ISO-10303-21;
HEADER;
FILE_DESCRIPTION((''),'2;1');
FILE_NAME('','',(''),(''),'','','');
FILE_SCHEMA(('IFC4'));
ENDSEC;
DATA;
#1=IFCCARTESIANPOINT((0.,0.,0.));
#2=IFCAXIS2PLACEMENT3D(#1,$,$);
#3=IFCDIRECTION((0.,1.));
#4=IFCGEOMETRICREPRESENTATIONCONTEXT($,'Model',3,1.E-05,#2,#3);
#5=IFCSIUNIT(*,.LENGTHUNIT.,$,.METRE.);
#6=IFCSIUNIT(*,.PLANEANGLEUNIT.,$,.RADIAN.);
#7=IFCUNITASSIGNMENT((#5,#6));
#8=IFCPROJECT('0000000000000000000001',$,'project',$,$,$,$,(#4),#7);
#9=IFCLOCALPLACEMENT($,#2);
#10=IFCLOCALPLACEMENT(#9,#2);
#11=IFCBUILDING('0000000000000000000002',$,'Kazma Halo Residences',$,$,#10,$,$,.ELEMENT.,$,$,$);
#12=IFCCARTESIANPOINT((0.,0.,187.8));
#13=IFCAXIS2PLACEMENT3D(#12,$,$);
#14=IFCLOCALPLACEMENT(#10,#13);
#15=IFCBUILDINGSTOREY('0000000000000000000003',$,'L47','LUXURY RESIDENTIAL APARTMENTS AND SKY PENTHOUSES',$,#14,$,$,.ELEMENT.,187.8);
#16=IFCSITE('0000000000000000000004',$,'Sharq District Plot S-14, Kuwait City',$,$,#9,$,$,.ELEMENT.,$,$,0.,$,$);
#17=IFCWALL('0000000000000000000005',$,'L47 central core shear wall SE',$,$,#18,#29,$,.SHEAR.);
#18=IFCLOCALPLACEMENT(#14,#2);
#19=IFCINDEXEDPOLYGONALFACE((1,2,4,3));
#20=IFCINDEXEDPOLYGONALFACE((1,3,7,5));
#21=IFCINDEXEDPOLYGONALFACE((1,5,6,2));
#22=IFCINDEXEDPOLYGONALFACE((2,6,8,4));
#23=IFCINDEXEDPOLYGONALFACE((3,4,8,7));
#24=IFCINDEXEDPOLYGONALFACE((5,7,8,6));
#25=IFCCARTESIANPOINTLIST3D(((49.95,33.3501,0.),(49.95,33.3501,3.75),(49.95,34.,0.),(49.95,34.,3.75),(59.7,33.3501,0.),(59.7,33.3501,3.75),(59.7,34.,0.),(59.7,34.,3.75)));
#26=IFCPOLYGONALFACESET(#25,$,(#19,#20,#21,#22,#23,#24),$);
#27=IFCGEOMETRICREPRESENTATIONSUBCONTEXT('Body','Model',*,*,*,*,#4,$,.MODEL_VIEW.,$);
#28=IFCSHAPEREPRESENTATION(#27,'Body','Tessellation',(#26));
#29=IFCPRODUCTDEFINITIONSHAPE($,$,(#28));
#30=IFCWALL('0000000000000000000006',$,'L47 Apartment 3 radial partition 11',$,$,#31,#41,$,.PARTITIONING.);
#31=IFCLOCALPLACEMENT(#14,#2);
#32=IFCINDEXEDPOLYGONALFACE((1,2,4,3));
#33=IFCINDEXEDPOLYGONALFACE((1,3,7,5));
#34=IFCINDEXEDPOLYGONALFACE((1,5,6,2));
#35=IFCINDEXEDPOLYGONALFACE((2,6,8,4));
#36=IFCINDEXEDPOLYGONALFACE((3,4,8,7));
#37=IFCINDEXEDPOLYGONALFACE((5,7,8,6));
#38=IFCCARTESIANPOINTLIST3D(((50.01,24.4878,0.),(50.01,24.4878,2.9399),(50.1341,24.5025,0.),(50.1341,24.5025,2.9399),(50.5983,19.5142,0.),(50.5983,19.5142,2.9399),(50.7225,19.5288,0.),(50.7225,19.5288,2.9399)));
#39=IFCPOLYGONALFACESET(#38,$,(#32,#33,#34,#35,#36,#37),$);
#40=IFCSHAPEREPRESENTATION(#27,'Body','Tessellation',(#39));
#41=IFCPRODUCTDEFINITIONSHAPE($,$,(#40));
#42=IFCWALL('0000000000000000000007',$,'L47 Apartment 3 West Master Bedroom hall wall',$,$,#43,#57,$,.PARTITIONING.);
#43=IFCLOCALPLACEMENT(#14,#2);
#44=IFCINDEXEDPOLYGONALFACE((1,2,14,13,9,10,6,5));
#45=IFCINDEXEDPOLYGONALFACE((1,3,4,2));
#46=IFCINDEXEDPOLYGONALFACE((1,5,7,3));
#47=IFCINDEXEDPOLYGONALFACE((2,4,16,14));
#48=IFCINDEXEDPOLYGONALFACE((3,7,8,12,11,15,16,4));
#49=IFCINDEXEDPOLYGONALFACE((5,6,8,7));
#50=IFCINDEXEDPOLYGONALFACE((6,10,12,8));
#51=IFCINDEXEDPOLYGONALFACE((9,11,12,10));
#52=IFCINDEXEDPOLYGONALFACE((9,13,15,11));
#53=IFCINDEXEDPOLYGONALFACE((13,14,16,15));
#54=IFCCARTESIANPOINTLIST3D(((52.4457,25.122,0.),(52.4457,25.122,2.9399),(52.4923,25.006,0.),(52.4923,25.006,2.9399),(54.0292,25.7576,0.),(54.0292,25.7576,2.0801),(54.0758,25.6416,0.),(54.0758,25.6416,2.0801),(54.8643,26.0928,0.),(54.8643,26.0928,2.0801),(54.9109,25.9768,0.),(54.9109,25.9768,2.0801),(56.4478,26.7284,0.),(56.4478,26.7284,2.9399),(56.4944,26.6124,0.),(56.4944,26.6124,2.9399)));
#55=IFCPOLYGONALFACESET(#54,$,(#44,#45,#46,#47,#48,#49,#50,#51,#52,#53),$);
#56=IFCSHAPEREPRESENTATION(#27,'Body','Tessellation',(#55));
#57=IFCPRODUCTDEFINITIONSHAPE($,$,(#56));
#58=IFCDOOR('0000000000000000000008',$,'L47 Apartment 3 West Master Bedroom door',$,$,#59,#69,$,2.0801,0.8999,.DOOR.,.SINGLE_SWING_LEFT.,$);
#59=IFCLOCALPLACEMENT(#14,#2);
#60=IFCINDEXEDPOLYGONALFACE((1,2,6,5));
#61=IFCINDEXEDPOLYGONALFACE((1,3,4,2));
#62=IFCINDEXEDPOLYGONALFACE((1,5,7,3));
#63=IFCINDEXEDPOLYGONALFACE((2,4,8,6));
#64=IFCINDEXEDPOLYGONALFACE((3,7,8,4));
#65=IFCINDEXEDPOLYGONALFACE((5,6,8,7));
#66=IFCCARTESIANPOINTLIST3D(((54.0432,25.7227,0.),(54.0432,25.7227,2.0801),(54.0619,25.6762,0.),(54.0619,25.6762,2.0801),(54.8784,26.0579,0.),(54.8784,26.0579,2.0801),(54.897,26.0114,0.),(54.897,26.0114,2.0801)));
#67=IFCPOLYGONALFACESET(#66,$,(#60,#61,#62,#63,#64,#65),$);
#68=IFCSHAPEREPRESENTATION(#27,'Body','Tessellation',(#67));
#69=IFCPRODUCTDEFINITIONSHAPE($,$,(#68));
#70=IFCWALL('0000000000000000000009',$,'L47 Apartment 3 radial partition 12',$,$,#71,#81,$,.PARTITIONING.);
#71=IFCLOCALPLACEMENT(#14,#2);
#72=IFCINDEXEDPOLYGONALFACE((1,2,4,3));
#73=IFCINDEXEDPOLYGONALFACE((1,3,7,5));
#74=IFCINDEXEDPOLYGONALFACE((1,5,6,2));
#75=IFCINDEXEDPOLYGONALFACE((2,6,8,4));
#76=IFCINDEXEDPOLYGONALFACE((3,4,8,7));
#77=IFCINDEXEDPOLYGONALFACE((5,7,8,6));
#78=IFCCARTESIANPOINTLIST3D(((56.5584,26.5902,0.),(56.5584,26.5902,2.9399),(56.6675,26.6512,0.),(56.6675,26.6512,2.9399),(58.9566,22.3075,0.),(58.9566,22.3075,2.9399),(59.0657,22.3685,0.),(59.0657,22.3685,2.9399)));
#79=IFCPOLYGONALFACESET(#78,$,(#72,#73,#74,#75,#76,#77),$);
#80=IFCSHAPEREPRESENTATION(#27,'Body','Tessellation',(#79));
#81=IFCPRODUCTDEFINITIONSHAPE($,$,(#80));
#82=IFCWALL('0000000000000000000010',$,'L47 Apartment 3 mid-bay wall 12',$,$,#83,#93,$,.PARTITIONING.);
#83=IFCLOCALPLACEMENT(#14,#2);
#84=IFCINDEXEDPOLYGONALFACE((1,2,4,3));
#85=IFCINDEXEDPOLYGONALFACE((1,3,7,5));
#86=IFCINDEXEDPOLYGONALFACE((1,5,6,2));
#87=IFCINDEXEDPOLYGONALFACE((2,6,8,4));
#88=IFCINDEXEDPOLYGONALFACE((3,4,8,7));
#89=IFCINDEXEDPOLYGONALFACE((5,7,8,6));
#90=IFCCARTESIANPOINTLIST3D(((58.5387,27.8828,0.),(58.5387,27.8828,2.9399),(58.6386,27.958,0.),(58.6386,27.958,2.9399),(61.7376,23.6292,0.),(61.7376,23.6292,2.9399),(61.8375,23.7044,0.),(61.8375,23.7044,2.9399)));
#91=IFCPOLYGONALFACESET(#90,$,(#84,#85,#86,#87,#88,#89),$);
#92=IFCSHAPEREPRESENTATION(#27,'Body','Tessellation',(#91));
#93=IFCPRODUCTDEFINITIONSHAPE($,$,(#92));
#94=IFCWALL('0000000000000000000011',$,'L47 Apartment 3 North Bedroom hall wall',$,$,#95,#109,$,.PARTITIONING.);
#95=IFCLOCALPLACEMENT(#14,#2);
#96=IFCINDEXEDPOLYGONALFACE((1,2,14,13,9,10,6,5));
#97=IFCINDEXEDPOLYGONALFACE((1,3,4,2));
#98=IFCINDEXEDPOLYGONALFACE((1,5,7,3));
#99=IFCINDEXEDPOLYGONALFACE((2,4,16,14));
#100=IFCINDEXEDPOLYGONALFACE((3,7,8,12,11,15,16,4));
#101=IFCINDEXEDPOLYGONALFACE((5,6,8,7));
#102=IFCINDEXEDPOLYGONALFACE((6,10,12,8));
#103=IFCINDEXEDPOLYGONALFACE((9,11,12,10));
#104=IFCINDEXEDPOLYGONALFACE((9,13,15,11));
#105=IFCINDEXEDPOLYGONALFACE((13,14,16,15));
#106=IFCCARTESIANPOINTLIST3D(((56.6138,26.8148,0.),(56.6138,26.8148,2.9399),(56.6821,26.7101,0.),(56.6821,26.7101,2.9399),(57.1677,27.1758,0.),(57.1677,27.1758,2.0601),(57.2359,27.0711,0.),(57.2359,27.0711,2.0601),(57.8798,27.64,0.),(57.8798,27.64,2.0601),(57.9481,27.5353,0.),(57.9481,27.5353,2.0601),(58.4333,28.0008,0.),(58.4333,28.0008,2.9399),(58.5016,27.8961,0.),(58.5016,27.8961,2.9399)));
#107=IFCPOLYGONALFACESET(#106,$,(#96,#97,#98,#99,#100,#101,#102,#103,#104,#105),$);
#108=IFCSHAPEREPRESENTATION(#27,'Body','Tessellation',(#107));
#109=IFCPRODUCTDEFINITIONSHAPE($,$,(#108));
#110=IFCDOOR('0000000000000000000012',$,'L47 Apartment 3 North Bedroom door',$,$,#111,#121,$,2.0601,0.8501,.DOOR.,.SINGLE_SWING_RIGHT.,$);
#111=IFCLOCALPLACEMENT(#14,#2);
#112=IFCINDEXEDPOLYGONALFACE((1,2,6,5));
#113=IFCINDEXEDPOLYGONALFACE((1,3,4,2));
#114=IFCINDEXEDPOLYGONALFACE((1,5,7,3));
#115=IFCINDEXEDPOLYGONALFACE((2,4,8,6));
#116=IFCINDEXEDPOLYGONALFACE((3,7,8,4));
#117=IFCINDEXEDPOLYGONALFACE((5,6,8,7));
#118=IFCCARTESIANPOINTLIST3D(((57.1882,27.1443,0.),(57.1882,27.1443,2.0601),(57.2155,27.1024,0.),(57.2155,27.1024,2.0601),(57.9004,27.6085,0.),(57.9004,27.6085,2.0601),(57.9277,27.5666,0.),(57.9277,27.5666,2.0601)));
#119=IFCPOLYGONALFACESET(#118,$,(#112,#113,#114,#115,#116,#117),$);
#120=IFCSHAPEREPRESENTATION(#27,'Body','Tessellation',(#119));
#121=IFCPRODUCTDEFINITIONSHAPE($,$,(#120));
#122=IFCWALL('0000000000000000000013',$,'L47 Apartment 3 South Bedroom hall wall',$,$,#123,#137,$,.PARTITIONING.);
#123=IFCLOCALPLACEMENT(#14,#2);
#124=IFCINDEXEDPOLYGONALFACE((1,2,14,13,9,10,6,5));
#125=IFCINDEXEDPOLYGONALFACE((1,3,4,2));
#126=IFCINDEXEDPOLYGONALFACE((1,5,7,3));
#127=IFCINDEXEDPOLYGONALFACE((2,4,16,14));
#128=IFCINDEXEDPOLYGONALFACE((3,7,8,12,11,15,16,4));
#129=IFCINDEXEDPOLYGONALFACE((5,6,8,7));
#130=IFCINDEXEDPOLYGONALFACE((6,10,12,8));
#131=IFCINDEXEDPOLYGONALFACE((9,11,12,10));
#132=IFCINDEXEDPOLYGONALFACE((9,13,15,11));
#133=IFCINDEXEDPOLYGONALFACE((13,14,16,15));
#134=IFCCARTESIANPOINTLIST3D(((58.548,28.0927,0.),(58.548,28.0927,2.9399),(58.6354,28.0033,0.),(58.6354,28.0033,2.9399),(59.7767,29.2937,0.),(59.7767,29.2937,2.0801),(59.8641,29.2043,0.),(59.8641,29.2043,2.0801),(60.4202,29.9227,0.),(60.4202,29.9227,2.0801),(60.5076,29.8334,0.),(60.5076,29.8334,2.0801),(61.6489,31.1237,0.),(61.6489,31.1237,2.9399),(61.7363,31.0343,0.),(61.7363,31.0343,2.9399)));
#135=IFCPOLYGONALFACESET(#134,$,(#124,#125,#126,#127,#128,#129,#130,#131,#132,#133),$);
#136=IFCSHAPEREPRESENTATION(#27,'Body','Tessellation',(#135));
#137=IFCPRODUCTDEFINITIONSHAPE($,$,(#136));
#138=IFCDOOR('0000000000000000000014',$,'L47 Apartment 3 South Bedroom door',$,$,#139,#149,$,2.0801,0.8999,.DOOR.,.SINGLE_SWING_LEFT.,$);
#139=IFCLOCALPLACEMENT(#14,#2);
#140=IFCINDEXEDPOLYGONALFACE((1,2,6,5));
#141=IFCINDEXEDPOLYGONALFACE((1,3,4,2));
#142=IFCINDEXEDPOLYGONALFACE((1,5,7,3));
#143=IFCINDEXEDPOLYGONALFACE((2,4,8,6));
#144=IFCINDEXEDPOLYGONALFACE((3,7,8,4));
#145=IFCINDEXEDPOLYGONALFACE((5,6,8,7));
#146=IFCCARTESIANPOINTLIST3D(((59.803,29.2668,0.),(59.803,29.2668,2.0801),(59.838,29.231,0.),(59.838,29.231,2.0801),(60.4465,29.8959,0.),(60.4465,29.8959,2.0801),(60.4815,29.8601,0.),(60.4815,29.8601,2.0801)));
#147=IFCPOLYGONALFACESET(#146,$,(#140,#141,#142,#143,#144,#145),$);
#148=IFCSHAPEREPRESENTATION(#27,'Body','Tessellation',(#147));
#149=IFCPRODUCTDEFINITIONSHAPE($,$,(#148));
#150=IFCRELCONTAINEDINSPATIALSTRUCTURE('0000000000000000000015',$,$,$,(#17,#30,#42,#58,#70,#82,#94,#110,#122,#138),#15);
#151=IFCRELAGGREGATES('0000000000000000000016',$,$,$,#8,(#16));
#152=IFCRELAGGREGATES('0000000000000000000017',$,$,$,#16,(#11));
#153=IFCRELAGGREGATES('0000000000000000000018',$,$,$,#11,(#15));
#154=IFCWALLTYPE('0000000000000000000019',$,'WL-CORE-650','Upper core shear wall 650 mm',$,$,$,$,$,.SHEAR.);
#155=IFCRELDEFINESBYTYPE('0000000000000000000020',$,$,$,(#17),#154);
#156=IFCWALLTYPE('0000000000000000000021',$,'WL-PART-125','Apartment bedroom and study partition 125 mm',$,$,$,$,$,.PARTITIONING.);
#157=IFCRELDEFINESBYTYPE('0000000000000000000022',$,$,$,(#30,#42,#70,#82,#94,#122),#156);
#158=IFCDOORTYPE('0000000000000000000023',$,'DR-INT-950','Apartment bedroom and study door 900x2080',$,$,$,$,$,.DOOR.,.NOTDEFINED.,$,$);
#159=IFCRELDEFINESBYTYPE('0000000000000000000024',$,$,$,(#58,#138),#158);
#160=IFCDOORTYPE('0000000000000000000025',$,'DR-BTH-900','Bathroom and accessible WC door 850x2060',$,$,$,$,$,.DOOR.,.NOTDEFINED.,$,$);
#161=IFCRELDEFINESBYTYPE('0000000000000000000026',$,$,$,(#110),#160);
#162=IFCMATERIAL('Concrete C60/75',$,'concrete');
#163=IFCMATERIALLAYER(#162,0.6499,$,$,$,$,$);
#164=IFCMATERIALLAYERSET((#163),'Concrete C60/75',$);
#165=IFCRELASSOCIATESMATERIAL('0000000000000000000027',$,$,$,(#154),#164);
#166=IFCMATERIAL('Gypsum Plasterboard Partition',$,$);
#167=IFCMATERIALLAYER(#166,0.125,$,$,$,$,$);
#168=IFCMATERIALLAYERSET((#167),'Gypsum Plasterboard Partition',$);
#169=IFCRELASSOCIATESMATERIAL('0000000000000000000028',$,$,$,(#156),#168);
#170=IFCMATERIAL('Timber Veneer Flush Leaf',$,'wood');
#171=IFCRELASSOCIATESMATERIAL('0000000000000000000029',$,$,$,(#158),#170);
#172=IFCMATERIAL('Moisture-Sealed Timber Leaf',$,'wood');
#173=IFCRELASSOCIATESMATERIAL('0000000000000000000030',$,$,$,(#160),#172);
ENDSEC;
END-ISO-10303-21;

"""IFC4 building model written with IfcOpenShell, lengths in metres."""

from ifc_helpers import new_model, si_unit, direction, frame, frame_2d, origin, place, context, subcontext, project, spatial, rectangle, extrude, material, layer, layer_set, type_object, element, fill, save


model = new_model("IFC4")

# Units and contexts
model_context = context("Model", 3, precision=1e-05, world=origin(), true_north=direction((0.0, 1.0)))
body_context = subcontext(model_context, "Body", "Model", "MODEL_VIEW")
ifc_project = project(units=[si_unit("LENGTHUNIT", "METRE"), si_unit("PLANEANGLEUNIT", "RADIAN")], contexts=[model_context])

# Site, building, storey
site_placement = place(None, origin())
site = spatial("IfcSite", under=ifc_project, at=site_placement, Name="Sharq District Plot S-14, Kuwait City", CompositionType="ELEMENT", RefElevation=0.0)
building_placement = place(site_placement, origin())
building = spatial("IfcBuilding", under=site, at=building_placement, Name="Kazma Halo Residences", CompositionType="ELEMENT")
storey_placement = place(building_placement, frame((0.0, 0.0, 187.8)))
storey = spatial("IfcBuildingStorey", under=building, at=storey_placement, Name="L47", Description="LUXURY RESIDENTIAL APARTMENTS AND SKY PENTHOUSES", CompositionType="ELEMENT", Elevation=187.8)

# Wall
ifc_material_1 = material(Name="Concrete C60/75", Category="concrete")
ifc_layer_1 = layer(ifc_material_1, 0.6499)
ifc_layer_set_1 = layer_set([ifc_layer_1], Name="Concrete C60/75")
wall_type_1 = type_object("IfcWallType", Name="WL-CORE-650", Description="Upper core shear wall 650 mm", PredefinedType="SHEAR", material=ifc_layer_set_1)
wall_1_placement = place(storey_placement, frame((49.95, 33.675, 0.0), z_axis=(0.0, 0.0, 1.0), x_axis=(1.0, 0.0, 0.0)))
element("IfcWall", 1, at=wall_1_placement, inside=storey, type_object=wall_type_1, Name="L47 central core shear wall SE", PredefinedType="SHEAR", context=body_context, shape_type="SweptSolid", body=[
    extrude(rectangle(XDim=9.75, YDim=0.6499, at=frame_2d((4.875, 0.0))), origin(), (0.0, 0.0, 1.0), 3.75),
])

# Wall
ifc_material_2 = material(Name="Gypsum Plasterboard Partition")
ifc_layer_2 = layer(ifc_material_2, 0.125)
ifc_layer_set_2 = layer_set([ifc_layer_2], Name="Gypsum Plasterboard Partition")
wall_type_2 = type_object("IfcWallType", Name="WL-PART-125", Description="Apartment bedroom and study partition 125 mm", PredefinedType="PARTITIONING", material=ifc_layer_set_2)
wall_2_placement = place(storey_placement, frame((50.072, 24.4951, 0.0), z_axis=(0.0, 0.0, 1.0), x_axis=(0.11748, -0.993075, 0.0)))
element("IfcWall", 2, at=wall_2_placement, inside=storey, type_object=wall_type_2, Name="L47 Apartment 3 radial partition 11", PredefinedType="PARTITIONING", context=body_context, shape_type="SweptSolid", body=[
    extrude(rectangle(XDim=5.0083, YDim=0.125, at=frame_2d((2.5042, 0.0))), origin(), (0.0, 0.0, 1.0), 2.9399),
])

# Wall, opening, door
wall_3_placement = place(storey_placement, frame((52.469, 25.064, 0.0), z_axis=(0.0, 0.0, 1.0), x_axis=(0.928031, 0.372503, 0.0)))
wall_3 = element("IfcWall", 3, at=wall_3_placement, inside=storey, type_object=wall_type_2, Name="L47 Apartment 3 West Master Bedroom hall wall", PredefinedType="PARTITIONING", context=body_context, shape_type="SweptSolid", body=[
    extrude(rectangle(XDim=4.3125, YDim=0.125, at=frame_2d((2.1562, 0.0))), origin(), (0.0, 0.0, 1.0), 2.9399),
])
opening_1_placement = place(wall_3_placement, frame((1.7063, 0.0, 0.0)))
opening_1 = element("IfcOpeningElement", 4, at=opening_1_placement, cuts=wall_3, PredefinedType="OPENING", context=body_context, shape_type="SweptSolid", body=[
    extrude(rectangle(XDim=0.8999, YDim=2.0801, at=frame_2d((0.45, 1.04))), frame((0.0, 0.0725, 0.0), z_axis=(0.0, -1.0, 0.0), x_axis=(1.0, 0.0, 0.0)), (0.0, 0.0, 1.0), 0.145),
])
ifc_material_3 = material(Name="Timber Veneer Flush Leaf", Category="wood")
door_type_1 = type_object("IfcDoorType", Name="DR-INT-950", Description="Apartment bedroom and study door 900x2080", OperationType="NOTDEFINED", PredefinedType="DOOR", material=ifc_material_3)
door_1_placement = place(opening_1_placement, origin())
door_1 = element("IfcDoor", 5, at=door_1_placement, inside=storey, type_object=door_type_1, Name="L47 Apartment 3 West Master Bedroom door", OperationType="SINGLE_SWING_LEFT", OverallHeight=2.0801, OverallWidth=0.8999, PredefinedType="DOOR", context=body_context, shape_type="SweptSolid", body=[
    extrude(rectangle(XDim=0.8999, YDim=2.0801, at=frame_2d((0.45, 1.04))), frame((0.0, 0.0249, 0.0), z_axis=(0.0, -1.0, 0.0), x_axis=(1.0, 0.0, 0.0)), (0.0, 0.0, 1.0), 0.05),
])
fill(opening_1, door_1)

# Walls
wall_4_placement = place(storey_placement, frame((56.613, 26.6206, 0.0), z_axis=(0.0, 0.0, 1.0), x_axis=(0.488584, -0.872517, 0.0)))
element("IfcWall", 6, at=wall_4_placement, inside=storey, type_object=wall_type_2, Name="L47 Apartment 3 radial partition 12", PredefinedType="PARTITIONING", context=body_context, shape_type="SweptSolid", body=[
    extrude(rectangle(XDim=4.9084, YDim=0.125, at=frame_2d((2.4541, 0.0))), origin(), (0.0, 0.0, 1.0), 2.9399),
])
wall_5_placement = place(storey_placement, frame((58.5886, 27.9204, 0.0), z_axis=(0.0, 0.0, 1.0), x_axis=(0.601049, -0.799212, 0.0)))
element("IfcWall", 7, at=wall_5_placement, inside=storey, type_object=wall_type_2, Name="L47 Apartment 3 mid-bay wall 12", PredefinedType="PARTITIONING", context=body_context, shape_type="SweptSolid", body=[
    extrude(rectangle(XDim=5.3223, YDim=0.125, at=frame_2d((2.6611, 0.0))), origin(), (0.0, 0.0, 1.0), 2.9399),
])

# Walls, openings, doors
wall_6_placement = place(storey_placement, frame((56.6479, 26.7625, 0.0), z_axis=(0.0, 0.0, 1.0), x_axis=(0.837747, 0.546059, 0.0)))
wall_6 = element("IfcWall", 8, at=wall_6_placement, inside=storey, type_object=wall_type_2, Name="L47 Apartment 3 North Bedroom hall wall", PredefinedType="PARTITIONING", context=body_context, shape_type="SweptSolid", body=[
    extrude(rectangle(XDim=2.1719, YDim=0.125, at=frame_2d((1.0859, 0.0))), origin(), (0.0, 0.0, 1.0), 2.9399),
])
opening_2_placement = place(wall_6_placement, frame((0.6611, 0.0, 0.0)))
opening_2 = element("IfcOpeningElement", 9, at=opening_2_placement, cuts=wall_6, PredefinedType="OPENING", context=body_context, shape_type="SweptSolid", body=[
    extrude(rectangle(XDim=0.8501, YDim=2.0601, at=frame_2d((0.425, 1.03))), frame((0.0, 0.0725, 0.0), z_axis=(0.0, -1.0, 0.0), x_axis=(1.0, 0.0, 0.0)), (0.0, 0.0, 1.0), 0.145),
])
ifc_material_4 = material(Name="Moisture-Sealed Timber Leaf", Category="wood")
door_type_2 = type_object("IfcDoorType", Name="DR-BTH-900", Description="Bathroom and accessible WC door 850x2060", OperationType="NOTDEFINED", PredefinedType="DOOR", material=ifc_material_4)
door_2_placement = place(opening_2_placement, origin())
door_2 = element("IfcDoor", 10, at=door_2_placement, inside=storey, type_object=door_type_2, Name="L47 Apartment 3 North Bedroom door", OperationType="SINGLE_SWING_RIGHT", OverallHeight=2.0601, OverallWidth=0.8501, PredefinedType="DOOR", context=body_context, shape_type="SweptSolid", body=[
    extrude(rectangle(XDim=0.8501, YDim=2.0601, at=frame_2d((0.425, 1.03))), frame((0.0, 0.0249, 0.0), z_axis=(0.0, -1.0, 0.0), x_axis=(1.0, 0.0, 0.0)), (0.0, 0.0, 1.0), 0.05),
])
fill(opening_2, door_2)
wall_7_placement = place(storey_placement, frame((58.5918, 28.0481, 0.0), z_axis=(0.0, 0.0, 1.0), x_axis=(0.715112, 0.69901, 0.0)))
wall_7 = element("IfcWall", 11, at=wall_7_placement, inside=storey, type_object=wall_type_2, Name="L47 Apartment 3 South Bedroom hall wall", PredefinedType="PARTITIONING", context=body_context, shape_type="SweptSolid", body=[
    extrude(rectangle(XDim=4.3362, YDim=0.125, at=frame_2d((2.168, 0.0))), origin(), (0.0, 0.0, 1.0), 2.9399),
])
opening_3_placement = place(wall_7_placement, frame((1.718, 0.0, 0.0)))
opening_3 = element("IfcOpeningElement", 12, at=opening_3_placement, cuts=wall_7, PredefinedType="OPENING", context=body_context, shape_type="SweptSolid", body=[
    extrude(rectangle(XDim=0.8999, YDim=2.0801, at=frame_2d((0.45, 1.04))), frame((0.0, 0.0725, 0.0), z_axis=(0.0, -1.0, 0.0), x_axis=(1.0, 0.0, 0.0)), (0.0, 0.0, 1.0), 0.145),
])
door_3_placement = place(opening_3_placement, origin())
door_3 = element("IfcDoor", 13, at=door_3_placement, inside=storey, type_object=door_type_1, Name="L47 Apartment 3 South Bedroom door", OperationType="SINGLE_SWING_LEFT", OverallHeight=2.0801, OverallWidth=0.8999, PredefinedType="DOOR", context=body_context, shape_type="SweptSolid", body=[
    extrude(rectangle(XDim=0.8999, YDim=2.0801, at=frame_2d((0.45, 1.04))), frame((0.0, 0.0249, 0.0), z_axis=(0.0, -1.0, 0.0), x_axis=(1.0, 0.0, 0.0)), (0.0, 0.0, 1.0), 0.05),
])
fill(opening_3, door_3)

save(model, "model.ifc")
